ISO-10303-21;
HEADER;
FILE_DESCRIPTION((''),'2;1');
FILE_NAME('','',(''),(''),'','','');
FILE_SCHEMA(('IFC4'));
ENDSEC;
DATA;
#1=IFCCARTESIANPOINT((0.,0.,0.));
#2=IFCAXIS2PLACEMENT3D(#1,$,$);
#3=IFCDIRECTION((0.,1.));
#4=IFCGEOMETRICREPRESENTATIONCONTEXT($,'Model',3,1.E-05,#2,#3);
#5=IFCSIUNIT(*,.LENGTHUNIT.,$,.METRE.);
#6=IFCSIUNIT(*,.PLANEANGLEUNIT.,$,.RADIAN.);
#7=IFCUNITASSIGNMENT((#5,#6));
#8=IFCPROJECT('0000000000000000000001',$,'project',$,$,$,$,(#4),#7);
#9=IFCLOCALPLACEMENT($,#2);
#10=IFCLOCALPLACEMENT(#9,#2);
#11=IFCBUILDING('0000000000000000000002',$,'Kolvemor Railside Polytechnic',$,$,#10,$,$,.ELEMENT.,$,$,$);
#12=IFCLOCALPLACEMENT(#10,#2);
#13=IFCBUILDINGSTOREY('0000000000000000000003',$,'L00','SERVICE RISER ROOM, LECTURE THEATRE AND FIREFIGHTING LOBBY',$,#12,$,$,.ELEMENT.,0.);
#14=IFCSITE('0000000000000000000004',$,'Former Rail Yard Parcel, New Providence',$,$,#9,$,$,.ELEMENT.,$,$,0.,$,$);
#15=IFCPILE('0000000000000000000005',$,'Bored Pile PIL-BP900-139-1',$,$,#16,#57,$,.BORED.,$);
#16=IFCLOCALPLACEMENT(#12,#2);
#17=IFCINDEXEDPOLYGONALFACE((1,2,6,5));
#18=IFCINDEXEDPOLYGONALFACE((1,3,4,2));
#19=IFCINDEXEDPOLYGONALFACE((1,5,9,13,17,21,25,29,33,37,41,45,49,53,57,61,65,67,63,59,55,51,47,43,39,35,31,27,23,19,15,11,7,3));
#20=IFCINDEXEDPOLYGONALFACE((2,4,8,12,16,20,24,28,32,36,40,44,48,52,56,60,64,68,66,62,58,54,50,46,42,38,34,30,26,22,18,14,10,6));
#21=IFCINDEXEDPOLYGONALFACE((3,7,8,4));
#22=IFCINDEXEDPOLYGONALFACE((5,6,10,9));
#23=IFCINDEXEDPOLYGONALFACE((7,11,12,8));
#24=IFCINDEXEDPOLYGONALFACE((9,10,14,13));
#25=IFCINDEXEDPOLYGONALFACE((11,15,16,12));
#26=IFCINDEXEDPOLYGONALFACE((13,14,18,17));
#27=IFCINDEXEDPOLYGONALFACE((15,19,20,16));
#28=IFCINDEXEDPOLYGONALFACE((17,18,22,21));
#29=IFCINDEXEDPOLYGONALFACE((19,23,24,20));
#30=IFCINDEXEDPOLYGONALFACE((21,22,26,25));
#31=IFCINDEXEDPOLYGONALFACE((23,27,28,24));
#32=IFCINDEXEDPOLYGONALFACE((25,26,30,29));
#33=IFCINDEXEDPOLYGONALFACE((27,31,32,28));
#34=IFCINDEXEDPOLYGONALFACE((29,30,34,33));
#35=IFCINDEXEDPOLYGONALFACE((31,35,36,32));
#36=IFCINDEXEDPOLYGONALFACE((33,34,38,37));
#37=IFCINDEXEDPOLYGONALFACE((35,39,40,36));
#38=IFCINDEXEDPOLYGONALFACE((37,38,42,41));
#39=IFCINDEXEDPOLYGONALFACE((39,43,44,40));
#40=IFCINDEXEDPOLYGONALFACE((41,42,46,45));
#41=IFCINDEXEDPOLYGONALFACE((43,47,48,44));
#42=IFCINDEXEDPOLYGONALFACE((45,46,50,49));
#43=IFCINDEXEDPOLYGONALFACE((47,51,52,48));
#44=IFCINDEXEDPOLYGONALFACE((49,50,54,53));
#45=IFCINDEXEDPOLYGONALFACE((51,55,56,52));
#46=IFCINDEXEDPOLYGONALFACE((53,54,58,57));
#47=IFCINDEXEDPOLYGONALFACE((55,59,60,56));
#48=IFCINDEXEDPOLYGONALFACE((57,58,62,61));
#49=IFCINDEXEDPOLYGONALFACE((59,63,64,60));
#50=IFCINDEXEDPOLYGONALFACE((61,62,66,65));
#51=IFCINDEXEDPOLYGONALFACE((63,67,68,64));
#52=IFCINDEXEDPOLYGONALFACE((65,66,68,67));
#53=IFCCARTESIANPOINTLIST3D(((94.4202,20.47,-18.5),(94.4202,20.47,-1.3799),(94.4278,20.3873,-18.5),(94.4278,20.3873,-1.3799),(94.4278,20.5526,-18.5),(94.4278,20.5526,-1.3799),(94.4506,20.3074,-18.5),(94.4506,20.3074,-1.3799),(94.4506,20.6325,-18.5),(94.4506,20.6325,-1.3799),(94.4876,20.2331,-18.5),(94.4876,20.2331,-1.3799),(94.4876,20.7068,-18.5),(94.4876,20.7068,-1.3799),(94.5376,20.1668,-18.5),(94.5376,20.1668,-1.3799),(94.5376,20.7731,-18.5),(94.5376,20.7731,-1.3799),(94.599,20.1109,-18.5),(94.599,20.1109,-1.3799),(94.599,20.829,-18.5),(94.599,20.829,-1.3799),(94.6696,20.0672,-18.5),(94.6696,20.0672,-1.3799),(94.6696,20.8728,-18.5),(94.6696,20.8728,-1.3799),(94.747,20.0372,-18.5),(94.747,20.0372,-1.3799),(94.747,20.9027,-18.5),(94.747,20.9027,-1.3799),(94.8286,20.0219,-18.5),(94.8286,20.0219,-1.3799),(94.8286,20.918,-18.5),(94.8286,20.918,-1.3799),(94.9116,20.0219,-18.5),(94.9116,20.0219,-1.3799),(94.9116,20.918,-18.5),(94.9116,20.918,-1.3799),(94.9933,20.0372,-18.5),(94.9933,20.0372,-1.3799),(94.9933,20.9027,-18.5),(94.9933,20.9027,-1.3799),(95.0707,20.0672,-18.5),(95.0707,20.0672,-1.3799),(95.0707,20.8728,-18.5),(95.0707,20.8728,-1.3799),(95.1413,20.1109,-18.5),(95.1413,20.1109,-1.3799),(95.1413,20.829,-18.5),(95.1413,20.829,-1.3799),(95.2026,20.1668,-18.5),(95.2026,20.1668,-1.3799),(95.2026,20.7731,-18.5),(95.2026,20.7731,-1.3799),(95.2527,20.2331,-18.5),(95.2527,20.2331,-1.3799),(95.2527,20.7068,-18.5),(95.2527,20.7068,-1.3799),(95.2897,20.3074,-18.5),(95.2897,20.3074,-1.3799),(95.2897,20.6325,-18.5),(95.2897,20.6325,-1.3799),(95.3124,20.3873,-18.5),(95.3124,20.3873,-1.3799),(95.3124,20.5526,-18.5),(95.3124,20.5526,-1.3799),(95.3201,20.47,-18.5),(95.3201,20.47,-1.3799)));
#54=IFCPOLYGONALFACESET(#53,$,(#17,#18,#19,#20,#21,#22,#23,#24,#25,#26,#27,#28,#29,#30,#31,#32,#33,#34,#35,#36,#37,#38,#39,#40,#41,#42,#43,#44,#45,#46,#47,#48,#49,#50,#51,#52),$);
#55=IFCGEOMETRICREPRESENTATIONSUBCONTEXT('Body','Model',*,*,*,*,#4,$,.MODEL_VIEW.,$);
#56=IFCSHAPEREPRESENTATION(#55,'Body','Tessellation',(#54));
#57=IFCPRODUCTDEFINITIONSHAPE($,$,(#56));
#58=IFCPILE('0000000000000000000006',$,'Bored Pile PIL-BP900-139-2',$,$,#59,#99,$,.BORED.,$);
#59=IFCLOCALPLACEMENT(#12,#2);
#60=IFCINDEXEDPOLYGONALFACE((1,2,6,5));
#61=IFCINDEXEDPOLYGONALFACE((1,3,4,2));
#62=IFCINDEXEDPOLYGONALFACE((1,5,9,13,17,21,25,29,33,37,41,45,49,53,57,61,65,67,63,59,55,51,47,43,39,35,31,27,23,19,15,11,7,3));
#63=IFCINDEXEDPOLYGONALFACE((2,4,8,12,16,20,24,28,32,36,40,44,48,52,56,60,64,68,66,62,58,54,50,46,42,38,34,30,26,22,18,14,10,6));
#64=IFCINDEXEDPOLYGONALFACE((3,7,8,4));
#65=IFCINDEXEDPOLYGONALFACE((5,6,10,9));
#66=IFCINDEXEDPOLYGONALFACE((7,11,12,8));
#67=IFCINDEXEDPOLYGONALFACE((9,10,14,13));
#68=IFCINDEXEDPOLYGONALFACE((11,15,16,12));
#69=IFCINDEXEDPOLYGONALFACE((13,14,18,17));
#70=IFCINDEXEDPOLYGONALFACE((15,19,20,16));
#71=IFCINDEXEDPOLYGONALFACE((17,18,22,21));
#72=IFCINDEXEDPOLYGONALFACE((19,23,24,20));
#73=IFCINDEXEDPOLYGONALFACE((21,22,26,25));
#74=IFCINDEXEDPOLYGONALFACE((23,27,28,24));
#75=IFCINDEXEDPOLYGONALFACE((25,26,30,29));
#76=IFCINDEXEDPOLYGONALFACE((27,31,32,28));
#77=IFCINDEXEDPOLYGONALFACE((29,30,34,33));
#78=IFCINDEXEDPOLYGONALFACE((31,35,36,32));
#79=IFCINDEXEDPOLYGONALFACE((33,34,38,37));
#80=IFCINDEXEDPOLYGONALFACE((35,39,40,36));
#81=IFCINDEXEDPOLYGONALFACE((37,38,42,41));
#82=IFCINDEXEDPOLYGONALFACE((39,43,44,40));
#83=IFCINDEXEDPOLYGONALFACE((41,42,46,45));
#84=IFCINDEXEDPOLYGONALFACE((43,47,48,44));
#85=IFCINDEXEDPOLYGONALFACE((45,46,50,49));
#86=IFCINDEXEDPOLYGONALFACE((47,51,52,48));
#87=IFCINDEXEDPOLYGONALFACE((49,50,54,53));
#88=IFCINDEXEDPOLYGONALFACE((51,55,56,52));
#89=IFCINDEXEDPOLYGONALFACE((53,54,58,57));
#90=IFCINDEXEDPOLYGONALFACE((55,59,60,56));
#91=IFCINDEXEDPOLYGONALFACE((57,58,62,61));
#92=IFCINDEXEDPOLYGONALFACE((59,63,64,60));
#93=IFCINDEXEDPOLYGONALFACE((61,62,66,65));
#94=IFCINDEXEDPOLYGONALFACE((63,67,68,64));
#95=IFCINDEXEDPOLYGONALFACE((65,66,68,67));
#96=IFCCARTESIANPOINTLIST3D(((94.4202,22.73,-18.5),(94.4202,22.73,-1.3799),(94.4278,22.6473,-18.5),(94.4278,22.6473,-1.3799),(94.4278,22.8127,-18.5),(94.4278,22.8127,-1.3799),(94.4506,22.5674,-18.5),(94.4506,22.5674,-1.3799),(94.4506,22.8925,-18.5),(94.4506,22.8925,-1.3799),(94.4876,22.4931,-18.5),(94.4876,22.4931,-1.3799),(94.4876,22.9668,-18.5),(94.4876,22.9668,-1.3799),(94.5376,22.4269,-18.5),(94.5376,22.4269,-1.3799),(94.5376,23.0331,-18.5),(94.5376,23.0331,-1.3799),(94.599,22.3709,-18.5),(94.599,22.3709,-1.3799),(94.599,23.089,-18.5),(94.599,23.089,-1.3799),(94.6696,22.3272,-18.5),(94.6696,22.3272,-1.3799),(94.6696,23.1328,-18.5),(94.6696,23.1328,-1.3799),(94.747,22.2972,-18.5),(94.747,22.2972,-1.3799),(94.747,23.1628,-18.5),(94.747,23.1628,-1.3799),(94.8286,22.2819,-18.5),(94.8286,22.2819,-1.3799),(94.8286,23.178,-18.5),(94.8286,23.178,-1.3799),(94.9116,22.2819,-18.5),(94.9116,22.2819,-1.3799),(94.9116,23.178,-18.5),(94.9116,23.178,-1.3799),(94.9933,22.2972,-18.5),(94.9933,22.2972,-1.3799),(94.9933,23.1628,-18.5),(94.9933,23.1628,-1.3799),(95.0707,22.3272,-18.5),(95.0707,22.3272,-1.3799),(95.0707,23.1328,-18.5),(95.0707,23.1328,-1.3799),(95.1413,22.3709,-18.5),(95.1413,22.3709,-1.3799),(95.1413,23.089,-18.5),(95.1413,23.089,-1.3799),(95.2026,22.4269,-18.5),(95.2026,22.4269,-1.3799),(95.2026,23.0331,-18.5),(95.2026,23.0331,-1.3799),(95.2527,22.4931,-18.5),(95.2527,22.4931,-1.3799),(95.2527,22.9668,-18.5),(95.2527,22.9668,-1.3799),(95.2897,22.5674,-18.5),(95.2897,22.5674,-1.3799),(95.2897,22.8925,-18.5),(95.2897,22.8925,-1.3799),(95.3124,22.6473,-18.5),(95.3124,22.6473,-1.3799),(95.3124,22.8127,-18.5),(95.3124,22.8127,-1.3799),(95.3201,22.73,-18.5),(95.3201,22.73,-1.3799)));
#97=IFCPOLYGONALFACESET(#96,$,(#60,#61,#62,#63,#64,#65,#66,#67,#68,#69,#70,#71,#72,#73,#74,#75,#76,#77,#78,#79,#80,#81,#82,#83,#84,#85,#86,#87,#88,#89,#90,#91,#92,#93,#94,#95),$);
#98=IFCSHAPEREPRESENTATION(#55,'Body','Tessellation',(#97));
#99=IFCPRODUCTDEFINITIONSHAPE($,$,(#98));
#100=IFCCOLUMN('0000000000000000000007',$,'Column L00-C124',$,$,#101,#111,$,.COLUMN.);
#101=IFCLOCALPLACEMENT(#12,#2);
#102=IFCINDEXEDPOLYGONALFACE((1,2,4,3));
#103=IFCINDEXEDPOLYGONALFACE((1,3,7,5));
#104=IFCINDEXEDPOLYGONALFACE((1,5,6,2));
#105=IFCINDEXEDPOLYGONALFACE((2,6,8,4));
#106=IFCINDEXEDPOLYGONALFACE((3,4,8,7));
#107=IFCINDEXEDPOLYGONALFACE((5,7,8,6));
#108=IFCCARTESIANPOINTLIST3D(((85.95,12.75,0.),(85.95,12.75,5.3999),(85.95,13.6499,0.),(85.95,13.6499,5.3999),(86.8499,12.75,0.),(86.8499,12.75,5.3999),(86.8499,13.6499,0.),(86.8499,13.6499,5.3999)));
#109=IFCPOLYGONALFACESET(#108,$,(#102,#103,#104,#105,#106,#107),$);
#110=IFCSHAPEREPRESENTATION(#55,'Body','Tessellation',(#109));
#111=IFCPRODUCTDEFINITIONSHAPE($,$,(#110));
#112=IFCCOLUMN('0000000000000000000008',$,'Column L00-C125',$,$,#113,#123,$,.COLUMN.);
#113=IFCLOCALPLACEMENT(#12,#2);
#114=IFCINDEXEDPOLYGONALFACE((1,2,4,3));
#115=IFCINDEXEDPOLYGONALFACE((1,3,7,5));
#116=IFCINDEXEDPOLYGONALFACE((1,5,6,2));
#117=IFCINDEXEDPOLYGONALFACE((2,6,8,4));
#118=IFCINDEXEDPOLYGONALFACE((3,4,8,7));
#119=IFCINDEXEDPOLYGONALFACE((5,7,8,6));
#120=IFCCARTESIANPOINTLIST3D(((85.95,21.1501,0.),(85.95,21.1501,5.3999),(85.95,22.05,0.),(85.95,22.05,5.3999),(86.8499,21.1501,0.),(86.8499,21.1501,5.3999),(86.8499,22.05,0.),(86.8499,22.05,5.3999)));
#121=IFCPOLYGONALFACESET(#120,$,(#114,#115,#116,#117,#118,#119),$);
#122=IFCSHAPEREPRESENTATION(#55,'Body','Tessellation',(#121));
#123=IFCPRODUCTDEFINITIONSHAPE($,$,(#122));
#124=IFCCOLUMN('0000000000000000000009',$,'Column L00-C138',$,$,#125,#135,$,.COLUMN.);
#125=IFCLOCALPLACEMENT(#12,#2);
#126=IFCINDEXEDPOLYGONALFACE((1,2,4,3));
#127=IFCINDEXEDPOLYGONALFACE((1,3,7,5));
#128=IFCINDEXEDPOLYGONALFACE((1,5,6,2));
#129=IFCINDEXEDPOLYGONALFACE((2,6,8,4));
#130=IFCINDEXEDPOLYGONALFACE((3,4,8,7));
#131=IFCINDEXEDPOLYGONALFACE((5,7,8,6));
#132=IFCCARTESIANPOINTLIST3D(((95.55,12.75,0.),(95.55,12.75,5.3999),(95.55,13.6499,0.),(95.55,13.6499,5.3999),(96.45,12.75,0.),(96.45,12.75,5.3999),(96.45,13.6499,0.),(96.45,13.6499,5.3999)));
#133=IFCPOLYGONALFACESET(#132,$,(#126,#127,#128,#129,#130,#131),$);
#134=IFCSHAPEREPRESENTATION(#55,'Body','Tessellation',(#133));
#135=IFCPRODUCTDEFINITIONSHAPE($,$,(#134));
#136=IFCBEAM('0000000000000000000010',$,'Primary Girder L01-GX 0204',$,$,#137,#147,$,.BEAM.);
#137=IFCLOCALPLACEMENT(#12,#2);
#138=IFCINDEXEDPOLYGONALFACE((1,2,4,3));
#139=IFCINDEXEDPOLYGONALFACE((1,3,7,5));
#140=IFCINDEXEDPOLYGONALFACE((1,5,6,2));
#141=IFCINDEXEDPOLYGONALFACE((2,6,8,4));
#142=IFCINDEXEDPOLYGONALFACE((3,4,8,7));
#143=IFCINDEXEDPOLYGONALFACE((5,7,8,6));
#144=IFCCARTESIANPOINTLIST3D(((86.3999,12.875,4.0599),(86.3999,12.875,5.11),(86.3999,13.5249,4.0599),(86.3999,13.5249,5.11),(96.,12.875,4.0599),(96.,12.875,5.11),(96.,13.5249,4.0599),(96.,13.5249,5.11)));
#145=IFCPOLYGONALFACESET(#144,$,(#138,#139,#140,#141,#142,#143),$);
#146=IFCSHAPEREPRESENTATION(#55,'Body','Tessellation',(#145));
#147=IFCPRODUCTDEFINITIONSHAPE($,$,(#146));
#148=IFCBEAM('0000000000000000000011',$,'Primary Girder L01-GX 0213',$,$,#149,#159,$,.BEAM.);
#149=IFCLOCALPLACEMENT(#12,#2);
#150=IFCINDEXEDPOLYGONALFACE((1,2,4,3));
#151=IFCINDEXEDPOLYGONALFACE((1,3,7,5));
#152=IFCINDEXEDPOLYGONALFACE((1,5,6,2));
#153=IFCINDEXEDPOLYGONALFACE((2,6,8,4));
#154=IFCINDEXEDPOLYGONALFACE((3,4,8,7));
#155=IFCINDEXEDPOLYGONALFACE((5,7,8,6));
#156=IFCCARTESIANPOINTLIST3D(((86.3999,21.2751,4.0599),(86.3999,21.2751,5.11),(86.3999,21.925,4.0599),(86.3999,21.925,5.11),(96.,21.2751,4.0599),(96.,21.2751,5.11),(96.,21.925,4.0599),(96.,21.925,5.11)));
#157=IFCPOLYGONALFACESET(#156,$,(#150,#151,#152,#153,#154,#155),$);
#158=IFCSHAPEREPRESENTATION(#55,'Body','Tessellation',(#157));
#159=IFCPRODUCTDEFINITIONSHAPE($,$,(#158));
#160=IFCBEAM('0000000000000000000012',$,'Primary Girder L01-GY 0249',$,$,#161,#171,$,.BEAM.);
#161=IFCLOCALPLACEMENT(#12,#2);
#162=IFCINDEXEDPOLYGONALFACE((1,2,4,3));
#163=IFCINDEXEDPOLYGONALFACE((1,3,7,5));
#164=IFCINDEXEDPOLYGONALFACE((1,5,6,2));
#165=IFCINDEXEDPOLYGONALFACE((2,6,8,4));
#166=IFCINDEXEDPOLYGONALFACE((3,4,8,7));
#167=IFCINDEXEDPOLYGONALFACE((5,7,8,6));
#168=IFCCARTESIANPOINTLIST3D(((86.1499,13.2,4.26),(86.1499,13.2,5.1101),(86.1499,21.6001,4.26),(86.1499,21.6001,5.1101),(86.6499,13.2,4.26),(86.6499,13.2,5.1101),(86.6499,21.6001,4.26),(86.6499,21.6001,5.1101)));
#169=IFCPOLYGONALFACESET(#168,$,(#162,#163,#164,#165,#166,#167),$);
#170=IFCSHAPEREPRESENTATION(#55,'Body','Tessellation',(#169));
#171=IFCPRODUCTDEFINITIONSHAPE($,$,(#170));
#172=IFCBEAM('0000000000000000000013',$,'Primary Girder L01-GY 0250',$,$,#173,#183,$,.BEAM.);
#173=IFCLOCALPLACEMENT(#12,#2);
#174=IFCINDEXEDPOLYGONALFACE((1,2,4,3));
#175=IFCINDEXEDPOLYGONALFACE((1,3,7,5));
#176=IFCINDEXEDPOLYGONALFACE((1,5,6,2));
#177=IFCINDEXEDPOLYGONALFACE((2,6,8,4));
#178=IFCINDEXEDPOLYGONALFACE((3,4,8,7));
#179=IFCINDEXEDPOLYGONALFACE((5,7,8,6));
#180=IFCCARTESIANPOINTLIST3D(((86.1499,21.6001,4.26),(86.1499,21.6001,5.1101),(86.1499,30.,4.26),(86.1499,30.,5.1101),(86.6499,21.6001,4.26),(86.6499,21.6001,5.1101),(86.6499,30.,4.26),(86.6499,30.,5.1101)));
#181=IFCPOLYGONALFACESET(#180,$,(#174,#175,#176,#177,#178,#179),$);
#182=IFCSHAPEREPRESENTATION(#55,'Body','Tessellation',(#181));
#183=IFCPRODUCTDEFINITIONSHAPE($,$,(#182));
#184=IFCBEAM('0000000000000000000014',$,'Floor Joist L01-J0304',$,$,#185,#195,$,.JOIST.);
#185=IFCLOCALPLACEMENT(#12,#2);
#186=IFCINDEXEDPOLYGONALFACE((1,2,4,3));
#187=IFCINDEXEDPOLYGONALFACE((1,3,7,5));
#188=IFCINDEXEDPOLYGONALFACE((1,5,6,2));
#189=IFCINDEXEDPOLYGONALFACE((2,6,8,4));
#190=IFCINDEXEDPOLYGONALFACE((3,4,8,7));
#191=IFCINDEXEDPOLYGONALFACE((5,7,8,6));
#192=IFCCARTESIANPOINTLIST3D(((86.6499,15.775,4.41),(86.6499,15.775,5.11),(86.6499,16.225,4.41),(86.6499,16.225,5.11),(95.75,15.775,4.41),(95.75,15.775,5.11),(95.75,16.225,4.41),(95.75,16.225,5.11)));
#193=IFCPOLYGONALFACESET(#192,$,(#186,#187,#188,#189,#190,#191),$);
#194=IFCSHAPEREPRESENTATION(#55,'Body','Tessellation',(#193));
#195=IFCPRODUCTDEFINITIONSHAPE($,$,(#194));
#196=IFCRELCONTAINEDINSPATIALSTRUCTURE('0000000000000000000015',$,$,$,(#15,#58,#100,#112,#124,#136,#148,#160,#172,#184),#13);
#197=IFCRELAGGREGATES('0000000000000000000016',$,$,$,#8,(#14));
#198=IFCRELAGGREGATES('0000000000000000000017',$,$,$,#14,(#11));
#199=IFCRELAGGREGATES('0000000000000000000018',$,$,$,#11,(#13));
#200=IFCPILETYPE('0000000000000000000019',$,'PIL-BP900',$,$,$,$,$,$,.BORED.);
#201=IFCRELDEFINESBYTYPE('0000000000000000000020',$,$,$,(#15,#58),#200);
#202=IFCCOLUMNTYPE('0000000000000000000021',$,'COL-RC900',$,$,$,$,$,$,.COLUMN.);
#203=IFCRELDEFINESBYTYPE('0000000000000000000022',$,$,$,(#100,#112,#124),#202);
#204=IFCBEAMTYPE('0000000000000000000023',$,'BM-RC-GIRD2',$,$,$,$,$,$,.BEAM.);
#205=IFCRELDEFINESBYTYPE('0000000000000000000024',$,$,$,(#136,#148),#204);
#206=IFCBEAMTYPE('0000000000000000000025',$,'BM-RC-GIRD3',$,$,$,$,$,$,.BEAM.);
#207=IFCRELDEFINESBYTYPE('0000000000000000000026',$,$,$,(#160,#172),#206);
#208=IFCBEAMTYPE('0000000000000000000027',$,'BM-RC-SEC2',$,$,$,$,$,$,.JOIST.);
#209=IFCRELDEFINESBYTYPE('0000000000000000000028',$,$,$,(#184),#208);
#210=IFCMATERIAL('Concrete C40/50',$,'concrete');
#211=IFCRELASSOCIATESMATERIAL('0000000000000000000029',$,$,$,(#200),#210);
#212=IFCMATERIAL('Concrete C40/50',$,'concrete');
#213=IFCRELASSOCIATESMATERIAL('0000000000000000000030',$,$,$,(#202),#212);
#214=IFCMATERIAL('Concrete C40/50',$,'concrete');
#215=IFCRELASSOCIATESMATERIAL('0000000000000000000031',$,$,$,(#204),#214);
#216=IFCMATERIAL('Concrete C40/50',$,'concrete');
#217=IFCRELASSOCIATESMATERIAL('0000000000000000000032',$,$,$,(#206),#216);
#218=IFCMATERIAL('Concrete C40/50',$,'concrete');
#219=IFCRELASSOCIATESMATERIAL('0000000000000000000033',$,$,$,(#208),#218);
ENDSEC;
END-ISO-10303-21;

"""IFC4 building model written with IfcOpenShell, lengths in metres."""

from ifc_helpers import new_model, si_unit, direction, frame, origin, origin_2d, place, context, subcontext, project, spatial, rectangle, circle, extrude, material, material_profile, profile_set, type_object, element, save


model = new_model("IFC4")

# Units and contexts
model_context = context("Model", 3, precision=1e-05, world=origin(), true_north=direction((0.0, 1.0)))
body_context = subcontext(model_context, "Body", "Model", "MODEL_VIEW")
ifc_project = project(units=[si_unit("LENGTHUNIT", "METRE"), si_unit("PLANEANGLEUNIT", "RADIAN")], contexts=[model_context])

# Site, building, storey
site_placement = place(None, origin())
site = spatial("IfcSite", under=ifc_project, at=site_placement, Name="Former Rail Yard Parcel, New Providence", CompositionType="ELEMENT", RefElevation=0.0)
building_placement = place(site_placement, origin())
building = spatial("IfcBuilding", under=site, at=building_placement, Name="Kolvemor Railside Polytechnic", CompositionType="ELEMENT")
storey_placement = place(building_placement, origin())
storey = spatial("IfcBuildingStorey", under=building, at=storey_placement, Name="L00", Description="SERVICE RISER ROOM, LECTURE THEATRE AND FIREFIGHTING LOBBY", CompositionType="ELEMENT", Elevation=0.0)

# Piles
ifc_material_1 = material(Name="Concrete C40/50", Category="concrete")
ifc_material_profile_1 = material_profile(ifc_material_1, circle(Radius=0.45, at=origin_2d()), Name="BP900")
ifc_profile_set_1 = profile_set([ifc_material_profile_1], Name="Concrete C40/50")
pile_type_1 = type_object("IfcPileType", Name="PIL-BP900", PredefinedType="BORED", material=ifc_profile_set_1)
for number, where, z_axis, x_axis, name in (
    (1, (94.8701, 20.47, -1.3799), (0.0, 0.0, -1.0), (1.0, 0.0, 0.0), "Bored Pile PIL-BP900-139-1"),
    (2, (94.8701, 22.73, -1.3799), (0.0, 0.0, -1.0), (1.0, 0.0, 0.0), "Bored Pile PIL-BP900-139-2"),
):
    element("IfcPile", number, at=place(storey_placement, frame(where, z_axis=z_axis, x_axis=x_axis)), inside=storey, type_object=pile_type_1, Name=name, PredefinedType="BORED", context=body_context, shape_type="SweptSolid", body=[
        extrude(circle(Radius=0.45, at=origin_2d()), origin(), (0.0, 0.0, 1.0), 17.1201),
    ])

# Columns
ifc_material_2 = material(Name="Concrete C40/50", Category="concrete")
ifc_material_profile_2 = material_profile(ifc_material_2, rectangle(XDim=0.8999, YDim=0.8999, at=origin_2d()), Name="RC900x900")
ifc_profile_set_2 = profile_set([ifc_material_profile_2], Name="Concrete C40/50")
column_type = type_object("IfcColumnType", Name="COL-RC900", PredefinedType="COLUMN", material=ifc_profile_set_2)
for number, where, z_axis, x_axis, name in (
    (3, (86.3999, 13.2, 0.0), (0.0, 0.0, 1.0), (1.0, 0.0, 0.0), "Column L00-C124"),
    (4, (86.3999, 21.6001, 0.0), (0.0, 0.0, 1.0), (1.0, 0.0, 0.0), "Column L00-C125"),
    (5, (96.0, 13.2, 0.0), (0.0, 0.0, 1.0), (1.0, 0.0, 0.0), "Column L00-C138"),
):
    element("IfcColumn", number, at=place(storey_placement, frame(where, z_axis=z_axis, x_axis=x_axis)), inside=storey, type_object=column_type, Name=name, PredefinedType="COLUMN", context=body_context, shape_type="SweptSolid", body=[
        extrude(rectangle(XDim=0.8999, YDim=0.8999, at=origin_2d()), origin(), (0.0, 0.0, 1.0), 5.3999),
    ])

# Beams
ifc_material_3 = material(Name="Concrete C40/50", Category="concrete")
ifc_material_profile_3 = material_profile(ifc_material_3, rectangle(XDim=0.6499, YDim=1.05, at=origin_2d()), Name="RC650x1050")
ifc_profile_set_3 = profile_set([ifc_material_profile_3], Name="Concrete C40/50")
beam_type_1 = type_object("IfcBeamType", Name="BM-RC-GIRD2", PredefinedType="BEAM", material=ifc_profile_set_3)
for number, where, z_axis, x_axis, name in (
    (6, (86.3999, 13.2, 4.585), (1.0, 0.0, 0.0), (0.0, 1.0, 0.0), "Primary Girder L01-GX 0204"),
    (7, (86.3999, 21.6001, 4.585), (1.0, 0.0, 0.0), (0.0, 1.0, 0.0), "Primary Girder L01-GX 0213"),
):
    element("IfcBeam", number, at=place(storey_placement, frame(where, z_axis=z_axis, x_axis=x_axis)), inside=storey, type_object=beam_type_1, Name=name, PredefinedType="BEAM", context=body_context, shape_type="SweptSolid", body=[
        extrude(rectangle(XDim=0.6499, YDim=1.05, at=origin_2d()), origin(), (0.0, 0.0, 1.0), 9.6001),
    ])
ifc_material_4 = material(Name="Concrete C40/50", Category="concrete")
ifc_material_profile_4 = material_profile(ifc_material_4, rectangle(XDim=0.5, YDim=0.8501, at=origin_2d()), Name="RC500x850")
ifc_profile_set_4 = profile_set([ifc_material_profile_4], Name="Concrete C40/50")
beam_type_2 = type_object("IfcBeamType", Name="BM-RC-GIRD3", PredefinedType="BEAM", material=ifc_profile_set_4)
beam_1_placement = place(storey_placement, frame((86.3999, 13.2, 4.6851), z_axis=(0.0, 1.0, 0.0), x_axis=(-1.0, 0.0, 0.0)))
element("IfcBeam", 8, at=beam_1_placement, inside=storey, type_object=beam_type_2, Name="Primary Girder L01-GY 0249", PredefinedType="BEAM", context=body_context, shape_type="SweptSolid", body=[
    extrude(rectangle(XDim=0.5, YDim=0.8501, at=origin_2d()), origin(), (0.0, 0.0, 1.0), 8.4001),
])
beam_2_placement = place(storey_placement, frame((86.3999, 21.6001, 4.6851), z_axis=(0.0, 1.0, 0.0), x_axis=(-1.0, 0.0, 0.0)))
element("IfcBeam", 9, at=beam_2_placement, inside=storey, type_object=beam_type_2, Name="Primary Girder L01-GY 0250", PredefinedType="BEAM", context=body_context, shape_type="SweptSolid", body=[
    extrude(rectangle(XDim=0.5, YDim=0.8501, at=origin_2d()), origin(), (0.0, 0.0, 1.0), 8.3999),
])
ifc_material_5 = material(Name="Concrete C40/50", Category="concrete")
ifc_material_profile_5 = material_profile(ifc_material_5, rectangle(XDim=0.45, YDim=0.7, at=origin_2d()), Name="RC450x700")
ifc_profile_set_5 = profile_set([ifc_material_profile_5], Name="Concrete C40/50")
beam_type_3 = type_object("IfcBeamType", Name="BM-RC-SEC2", PredefinedType="JOIST", material=ifc_profile_set_5)
for number, where, z_axis, x_axis, name in (
    (10, (86.6499, 16.0, 4.76), (1.0, 0.0, 0.0), (0.0, 1.0, 0.0), "Floor Joist L01-J0304"),
):
    element("IfcBeam", number, at=place(storey_placement, frame(where, z_axis=z_axis, x_axis=x_axis)), inside=storey, type_object=beam_type_3, Name=name, PredefinedType="JOIST", context=body_context, shape_type="SweptSolid", body=[
        extrude(rectangle(XDim=0.45, YDim=0.7, at=origin_2d()), origin(), (0.0, 0.0, 1.0), 9.1001),
    ])

save(model, "model.ifc")
